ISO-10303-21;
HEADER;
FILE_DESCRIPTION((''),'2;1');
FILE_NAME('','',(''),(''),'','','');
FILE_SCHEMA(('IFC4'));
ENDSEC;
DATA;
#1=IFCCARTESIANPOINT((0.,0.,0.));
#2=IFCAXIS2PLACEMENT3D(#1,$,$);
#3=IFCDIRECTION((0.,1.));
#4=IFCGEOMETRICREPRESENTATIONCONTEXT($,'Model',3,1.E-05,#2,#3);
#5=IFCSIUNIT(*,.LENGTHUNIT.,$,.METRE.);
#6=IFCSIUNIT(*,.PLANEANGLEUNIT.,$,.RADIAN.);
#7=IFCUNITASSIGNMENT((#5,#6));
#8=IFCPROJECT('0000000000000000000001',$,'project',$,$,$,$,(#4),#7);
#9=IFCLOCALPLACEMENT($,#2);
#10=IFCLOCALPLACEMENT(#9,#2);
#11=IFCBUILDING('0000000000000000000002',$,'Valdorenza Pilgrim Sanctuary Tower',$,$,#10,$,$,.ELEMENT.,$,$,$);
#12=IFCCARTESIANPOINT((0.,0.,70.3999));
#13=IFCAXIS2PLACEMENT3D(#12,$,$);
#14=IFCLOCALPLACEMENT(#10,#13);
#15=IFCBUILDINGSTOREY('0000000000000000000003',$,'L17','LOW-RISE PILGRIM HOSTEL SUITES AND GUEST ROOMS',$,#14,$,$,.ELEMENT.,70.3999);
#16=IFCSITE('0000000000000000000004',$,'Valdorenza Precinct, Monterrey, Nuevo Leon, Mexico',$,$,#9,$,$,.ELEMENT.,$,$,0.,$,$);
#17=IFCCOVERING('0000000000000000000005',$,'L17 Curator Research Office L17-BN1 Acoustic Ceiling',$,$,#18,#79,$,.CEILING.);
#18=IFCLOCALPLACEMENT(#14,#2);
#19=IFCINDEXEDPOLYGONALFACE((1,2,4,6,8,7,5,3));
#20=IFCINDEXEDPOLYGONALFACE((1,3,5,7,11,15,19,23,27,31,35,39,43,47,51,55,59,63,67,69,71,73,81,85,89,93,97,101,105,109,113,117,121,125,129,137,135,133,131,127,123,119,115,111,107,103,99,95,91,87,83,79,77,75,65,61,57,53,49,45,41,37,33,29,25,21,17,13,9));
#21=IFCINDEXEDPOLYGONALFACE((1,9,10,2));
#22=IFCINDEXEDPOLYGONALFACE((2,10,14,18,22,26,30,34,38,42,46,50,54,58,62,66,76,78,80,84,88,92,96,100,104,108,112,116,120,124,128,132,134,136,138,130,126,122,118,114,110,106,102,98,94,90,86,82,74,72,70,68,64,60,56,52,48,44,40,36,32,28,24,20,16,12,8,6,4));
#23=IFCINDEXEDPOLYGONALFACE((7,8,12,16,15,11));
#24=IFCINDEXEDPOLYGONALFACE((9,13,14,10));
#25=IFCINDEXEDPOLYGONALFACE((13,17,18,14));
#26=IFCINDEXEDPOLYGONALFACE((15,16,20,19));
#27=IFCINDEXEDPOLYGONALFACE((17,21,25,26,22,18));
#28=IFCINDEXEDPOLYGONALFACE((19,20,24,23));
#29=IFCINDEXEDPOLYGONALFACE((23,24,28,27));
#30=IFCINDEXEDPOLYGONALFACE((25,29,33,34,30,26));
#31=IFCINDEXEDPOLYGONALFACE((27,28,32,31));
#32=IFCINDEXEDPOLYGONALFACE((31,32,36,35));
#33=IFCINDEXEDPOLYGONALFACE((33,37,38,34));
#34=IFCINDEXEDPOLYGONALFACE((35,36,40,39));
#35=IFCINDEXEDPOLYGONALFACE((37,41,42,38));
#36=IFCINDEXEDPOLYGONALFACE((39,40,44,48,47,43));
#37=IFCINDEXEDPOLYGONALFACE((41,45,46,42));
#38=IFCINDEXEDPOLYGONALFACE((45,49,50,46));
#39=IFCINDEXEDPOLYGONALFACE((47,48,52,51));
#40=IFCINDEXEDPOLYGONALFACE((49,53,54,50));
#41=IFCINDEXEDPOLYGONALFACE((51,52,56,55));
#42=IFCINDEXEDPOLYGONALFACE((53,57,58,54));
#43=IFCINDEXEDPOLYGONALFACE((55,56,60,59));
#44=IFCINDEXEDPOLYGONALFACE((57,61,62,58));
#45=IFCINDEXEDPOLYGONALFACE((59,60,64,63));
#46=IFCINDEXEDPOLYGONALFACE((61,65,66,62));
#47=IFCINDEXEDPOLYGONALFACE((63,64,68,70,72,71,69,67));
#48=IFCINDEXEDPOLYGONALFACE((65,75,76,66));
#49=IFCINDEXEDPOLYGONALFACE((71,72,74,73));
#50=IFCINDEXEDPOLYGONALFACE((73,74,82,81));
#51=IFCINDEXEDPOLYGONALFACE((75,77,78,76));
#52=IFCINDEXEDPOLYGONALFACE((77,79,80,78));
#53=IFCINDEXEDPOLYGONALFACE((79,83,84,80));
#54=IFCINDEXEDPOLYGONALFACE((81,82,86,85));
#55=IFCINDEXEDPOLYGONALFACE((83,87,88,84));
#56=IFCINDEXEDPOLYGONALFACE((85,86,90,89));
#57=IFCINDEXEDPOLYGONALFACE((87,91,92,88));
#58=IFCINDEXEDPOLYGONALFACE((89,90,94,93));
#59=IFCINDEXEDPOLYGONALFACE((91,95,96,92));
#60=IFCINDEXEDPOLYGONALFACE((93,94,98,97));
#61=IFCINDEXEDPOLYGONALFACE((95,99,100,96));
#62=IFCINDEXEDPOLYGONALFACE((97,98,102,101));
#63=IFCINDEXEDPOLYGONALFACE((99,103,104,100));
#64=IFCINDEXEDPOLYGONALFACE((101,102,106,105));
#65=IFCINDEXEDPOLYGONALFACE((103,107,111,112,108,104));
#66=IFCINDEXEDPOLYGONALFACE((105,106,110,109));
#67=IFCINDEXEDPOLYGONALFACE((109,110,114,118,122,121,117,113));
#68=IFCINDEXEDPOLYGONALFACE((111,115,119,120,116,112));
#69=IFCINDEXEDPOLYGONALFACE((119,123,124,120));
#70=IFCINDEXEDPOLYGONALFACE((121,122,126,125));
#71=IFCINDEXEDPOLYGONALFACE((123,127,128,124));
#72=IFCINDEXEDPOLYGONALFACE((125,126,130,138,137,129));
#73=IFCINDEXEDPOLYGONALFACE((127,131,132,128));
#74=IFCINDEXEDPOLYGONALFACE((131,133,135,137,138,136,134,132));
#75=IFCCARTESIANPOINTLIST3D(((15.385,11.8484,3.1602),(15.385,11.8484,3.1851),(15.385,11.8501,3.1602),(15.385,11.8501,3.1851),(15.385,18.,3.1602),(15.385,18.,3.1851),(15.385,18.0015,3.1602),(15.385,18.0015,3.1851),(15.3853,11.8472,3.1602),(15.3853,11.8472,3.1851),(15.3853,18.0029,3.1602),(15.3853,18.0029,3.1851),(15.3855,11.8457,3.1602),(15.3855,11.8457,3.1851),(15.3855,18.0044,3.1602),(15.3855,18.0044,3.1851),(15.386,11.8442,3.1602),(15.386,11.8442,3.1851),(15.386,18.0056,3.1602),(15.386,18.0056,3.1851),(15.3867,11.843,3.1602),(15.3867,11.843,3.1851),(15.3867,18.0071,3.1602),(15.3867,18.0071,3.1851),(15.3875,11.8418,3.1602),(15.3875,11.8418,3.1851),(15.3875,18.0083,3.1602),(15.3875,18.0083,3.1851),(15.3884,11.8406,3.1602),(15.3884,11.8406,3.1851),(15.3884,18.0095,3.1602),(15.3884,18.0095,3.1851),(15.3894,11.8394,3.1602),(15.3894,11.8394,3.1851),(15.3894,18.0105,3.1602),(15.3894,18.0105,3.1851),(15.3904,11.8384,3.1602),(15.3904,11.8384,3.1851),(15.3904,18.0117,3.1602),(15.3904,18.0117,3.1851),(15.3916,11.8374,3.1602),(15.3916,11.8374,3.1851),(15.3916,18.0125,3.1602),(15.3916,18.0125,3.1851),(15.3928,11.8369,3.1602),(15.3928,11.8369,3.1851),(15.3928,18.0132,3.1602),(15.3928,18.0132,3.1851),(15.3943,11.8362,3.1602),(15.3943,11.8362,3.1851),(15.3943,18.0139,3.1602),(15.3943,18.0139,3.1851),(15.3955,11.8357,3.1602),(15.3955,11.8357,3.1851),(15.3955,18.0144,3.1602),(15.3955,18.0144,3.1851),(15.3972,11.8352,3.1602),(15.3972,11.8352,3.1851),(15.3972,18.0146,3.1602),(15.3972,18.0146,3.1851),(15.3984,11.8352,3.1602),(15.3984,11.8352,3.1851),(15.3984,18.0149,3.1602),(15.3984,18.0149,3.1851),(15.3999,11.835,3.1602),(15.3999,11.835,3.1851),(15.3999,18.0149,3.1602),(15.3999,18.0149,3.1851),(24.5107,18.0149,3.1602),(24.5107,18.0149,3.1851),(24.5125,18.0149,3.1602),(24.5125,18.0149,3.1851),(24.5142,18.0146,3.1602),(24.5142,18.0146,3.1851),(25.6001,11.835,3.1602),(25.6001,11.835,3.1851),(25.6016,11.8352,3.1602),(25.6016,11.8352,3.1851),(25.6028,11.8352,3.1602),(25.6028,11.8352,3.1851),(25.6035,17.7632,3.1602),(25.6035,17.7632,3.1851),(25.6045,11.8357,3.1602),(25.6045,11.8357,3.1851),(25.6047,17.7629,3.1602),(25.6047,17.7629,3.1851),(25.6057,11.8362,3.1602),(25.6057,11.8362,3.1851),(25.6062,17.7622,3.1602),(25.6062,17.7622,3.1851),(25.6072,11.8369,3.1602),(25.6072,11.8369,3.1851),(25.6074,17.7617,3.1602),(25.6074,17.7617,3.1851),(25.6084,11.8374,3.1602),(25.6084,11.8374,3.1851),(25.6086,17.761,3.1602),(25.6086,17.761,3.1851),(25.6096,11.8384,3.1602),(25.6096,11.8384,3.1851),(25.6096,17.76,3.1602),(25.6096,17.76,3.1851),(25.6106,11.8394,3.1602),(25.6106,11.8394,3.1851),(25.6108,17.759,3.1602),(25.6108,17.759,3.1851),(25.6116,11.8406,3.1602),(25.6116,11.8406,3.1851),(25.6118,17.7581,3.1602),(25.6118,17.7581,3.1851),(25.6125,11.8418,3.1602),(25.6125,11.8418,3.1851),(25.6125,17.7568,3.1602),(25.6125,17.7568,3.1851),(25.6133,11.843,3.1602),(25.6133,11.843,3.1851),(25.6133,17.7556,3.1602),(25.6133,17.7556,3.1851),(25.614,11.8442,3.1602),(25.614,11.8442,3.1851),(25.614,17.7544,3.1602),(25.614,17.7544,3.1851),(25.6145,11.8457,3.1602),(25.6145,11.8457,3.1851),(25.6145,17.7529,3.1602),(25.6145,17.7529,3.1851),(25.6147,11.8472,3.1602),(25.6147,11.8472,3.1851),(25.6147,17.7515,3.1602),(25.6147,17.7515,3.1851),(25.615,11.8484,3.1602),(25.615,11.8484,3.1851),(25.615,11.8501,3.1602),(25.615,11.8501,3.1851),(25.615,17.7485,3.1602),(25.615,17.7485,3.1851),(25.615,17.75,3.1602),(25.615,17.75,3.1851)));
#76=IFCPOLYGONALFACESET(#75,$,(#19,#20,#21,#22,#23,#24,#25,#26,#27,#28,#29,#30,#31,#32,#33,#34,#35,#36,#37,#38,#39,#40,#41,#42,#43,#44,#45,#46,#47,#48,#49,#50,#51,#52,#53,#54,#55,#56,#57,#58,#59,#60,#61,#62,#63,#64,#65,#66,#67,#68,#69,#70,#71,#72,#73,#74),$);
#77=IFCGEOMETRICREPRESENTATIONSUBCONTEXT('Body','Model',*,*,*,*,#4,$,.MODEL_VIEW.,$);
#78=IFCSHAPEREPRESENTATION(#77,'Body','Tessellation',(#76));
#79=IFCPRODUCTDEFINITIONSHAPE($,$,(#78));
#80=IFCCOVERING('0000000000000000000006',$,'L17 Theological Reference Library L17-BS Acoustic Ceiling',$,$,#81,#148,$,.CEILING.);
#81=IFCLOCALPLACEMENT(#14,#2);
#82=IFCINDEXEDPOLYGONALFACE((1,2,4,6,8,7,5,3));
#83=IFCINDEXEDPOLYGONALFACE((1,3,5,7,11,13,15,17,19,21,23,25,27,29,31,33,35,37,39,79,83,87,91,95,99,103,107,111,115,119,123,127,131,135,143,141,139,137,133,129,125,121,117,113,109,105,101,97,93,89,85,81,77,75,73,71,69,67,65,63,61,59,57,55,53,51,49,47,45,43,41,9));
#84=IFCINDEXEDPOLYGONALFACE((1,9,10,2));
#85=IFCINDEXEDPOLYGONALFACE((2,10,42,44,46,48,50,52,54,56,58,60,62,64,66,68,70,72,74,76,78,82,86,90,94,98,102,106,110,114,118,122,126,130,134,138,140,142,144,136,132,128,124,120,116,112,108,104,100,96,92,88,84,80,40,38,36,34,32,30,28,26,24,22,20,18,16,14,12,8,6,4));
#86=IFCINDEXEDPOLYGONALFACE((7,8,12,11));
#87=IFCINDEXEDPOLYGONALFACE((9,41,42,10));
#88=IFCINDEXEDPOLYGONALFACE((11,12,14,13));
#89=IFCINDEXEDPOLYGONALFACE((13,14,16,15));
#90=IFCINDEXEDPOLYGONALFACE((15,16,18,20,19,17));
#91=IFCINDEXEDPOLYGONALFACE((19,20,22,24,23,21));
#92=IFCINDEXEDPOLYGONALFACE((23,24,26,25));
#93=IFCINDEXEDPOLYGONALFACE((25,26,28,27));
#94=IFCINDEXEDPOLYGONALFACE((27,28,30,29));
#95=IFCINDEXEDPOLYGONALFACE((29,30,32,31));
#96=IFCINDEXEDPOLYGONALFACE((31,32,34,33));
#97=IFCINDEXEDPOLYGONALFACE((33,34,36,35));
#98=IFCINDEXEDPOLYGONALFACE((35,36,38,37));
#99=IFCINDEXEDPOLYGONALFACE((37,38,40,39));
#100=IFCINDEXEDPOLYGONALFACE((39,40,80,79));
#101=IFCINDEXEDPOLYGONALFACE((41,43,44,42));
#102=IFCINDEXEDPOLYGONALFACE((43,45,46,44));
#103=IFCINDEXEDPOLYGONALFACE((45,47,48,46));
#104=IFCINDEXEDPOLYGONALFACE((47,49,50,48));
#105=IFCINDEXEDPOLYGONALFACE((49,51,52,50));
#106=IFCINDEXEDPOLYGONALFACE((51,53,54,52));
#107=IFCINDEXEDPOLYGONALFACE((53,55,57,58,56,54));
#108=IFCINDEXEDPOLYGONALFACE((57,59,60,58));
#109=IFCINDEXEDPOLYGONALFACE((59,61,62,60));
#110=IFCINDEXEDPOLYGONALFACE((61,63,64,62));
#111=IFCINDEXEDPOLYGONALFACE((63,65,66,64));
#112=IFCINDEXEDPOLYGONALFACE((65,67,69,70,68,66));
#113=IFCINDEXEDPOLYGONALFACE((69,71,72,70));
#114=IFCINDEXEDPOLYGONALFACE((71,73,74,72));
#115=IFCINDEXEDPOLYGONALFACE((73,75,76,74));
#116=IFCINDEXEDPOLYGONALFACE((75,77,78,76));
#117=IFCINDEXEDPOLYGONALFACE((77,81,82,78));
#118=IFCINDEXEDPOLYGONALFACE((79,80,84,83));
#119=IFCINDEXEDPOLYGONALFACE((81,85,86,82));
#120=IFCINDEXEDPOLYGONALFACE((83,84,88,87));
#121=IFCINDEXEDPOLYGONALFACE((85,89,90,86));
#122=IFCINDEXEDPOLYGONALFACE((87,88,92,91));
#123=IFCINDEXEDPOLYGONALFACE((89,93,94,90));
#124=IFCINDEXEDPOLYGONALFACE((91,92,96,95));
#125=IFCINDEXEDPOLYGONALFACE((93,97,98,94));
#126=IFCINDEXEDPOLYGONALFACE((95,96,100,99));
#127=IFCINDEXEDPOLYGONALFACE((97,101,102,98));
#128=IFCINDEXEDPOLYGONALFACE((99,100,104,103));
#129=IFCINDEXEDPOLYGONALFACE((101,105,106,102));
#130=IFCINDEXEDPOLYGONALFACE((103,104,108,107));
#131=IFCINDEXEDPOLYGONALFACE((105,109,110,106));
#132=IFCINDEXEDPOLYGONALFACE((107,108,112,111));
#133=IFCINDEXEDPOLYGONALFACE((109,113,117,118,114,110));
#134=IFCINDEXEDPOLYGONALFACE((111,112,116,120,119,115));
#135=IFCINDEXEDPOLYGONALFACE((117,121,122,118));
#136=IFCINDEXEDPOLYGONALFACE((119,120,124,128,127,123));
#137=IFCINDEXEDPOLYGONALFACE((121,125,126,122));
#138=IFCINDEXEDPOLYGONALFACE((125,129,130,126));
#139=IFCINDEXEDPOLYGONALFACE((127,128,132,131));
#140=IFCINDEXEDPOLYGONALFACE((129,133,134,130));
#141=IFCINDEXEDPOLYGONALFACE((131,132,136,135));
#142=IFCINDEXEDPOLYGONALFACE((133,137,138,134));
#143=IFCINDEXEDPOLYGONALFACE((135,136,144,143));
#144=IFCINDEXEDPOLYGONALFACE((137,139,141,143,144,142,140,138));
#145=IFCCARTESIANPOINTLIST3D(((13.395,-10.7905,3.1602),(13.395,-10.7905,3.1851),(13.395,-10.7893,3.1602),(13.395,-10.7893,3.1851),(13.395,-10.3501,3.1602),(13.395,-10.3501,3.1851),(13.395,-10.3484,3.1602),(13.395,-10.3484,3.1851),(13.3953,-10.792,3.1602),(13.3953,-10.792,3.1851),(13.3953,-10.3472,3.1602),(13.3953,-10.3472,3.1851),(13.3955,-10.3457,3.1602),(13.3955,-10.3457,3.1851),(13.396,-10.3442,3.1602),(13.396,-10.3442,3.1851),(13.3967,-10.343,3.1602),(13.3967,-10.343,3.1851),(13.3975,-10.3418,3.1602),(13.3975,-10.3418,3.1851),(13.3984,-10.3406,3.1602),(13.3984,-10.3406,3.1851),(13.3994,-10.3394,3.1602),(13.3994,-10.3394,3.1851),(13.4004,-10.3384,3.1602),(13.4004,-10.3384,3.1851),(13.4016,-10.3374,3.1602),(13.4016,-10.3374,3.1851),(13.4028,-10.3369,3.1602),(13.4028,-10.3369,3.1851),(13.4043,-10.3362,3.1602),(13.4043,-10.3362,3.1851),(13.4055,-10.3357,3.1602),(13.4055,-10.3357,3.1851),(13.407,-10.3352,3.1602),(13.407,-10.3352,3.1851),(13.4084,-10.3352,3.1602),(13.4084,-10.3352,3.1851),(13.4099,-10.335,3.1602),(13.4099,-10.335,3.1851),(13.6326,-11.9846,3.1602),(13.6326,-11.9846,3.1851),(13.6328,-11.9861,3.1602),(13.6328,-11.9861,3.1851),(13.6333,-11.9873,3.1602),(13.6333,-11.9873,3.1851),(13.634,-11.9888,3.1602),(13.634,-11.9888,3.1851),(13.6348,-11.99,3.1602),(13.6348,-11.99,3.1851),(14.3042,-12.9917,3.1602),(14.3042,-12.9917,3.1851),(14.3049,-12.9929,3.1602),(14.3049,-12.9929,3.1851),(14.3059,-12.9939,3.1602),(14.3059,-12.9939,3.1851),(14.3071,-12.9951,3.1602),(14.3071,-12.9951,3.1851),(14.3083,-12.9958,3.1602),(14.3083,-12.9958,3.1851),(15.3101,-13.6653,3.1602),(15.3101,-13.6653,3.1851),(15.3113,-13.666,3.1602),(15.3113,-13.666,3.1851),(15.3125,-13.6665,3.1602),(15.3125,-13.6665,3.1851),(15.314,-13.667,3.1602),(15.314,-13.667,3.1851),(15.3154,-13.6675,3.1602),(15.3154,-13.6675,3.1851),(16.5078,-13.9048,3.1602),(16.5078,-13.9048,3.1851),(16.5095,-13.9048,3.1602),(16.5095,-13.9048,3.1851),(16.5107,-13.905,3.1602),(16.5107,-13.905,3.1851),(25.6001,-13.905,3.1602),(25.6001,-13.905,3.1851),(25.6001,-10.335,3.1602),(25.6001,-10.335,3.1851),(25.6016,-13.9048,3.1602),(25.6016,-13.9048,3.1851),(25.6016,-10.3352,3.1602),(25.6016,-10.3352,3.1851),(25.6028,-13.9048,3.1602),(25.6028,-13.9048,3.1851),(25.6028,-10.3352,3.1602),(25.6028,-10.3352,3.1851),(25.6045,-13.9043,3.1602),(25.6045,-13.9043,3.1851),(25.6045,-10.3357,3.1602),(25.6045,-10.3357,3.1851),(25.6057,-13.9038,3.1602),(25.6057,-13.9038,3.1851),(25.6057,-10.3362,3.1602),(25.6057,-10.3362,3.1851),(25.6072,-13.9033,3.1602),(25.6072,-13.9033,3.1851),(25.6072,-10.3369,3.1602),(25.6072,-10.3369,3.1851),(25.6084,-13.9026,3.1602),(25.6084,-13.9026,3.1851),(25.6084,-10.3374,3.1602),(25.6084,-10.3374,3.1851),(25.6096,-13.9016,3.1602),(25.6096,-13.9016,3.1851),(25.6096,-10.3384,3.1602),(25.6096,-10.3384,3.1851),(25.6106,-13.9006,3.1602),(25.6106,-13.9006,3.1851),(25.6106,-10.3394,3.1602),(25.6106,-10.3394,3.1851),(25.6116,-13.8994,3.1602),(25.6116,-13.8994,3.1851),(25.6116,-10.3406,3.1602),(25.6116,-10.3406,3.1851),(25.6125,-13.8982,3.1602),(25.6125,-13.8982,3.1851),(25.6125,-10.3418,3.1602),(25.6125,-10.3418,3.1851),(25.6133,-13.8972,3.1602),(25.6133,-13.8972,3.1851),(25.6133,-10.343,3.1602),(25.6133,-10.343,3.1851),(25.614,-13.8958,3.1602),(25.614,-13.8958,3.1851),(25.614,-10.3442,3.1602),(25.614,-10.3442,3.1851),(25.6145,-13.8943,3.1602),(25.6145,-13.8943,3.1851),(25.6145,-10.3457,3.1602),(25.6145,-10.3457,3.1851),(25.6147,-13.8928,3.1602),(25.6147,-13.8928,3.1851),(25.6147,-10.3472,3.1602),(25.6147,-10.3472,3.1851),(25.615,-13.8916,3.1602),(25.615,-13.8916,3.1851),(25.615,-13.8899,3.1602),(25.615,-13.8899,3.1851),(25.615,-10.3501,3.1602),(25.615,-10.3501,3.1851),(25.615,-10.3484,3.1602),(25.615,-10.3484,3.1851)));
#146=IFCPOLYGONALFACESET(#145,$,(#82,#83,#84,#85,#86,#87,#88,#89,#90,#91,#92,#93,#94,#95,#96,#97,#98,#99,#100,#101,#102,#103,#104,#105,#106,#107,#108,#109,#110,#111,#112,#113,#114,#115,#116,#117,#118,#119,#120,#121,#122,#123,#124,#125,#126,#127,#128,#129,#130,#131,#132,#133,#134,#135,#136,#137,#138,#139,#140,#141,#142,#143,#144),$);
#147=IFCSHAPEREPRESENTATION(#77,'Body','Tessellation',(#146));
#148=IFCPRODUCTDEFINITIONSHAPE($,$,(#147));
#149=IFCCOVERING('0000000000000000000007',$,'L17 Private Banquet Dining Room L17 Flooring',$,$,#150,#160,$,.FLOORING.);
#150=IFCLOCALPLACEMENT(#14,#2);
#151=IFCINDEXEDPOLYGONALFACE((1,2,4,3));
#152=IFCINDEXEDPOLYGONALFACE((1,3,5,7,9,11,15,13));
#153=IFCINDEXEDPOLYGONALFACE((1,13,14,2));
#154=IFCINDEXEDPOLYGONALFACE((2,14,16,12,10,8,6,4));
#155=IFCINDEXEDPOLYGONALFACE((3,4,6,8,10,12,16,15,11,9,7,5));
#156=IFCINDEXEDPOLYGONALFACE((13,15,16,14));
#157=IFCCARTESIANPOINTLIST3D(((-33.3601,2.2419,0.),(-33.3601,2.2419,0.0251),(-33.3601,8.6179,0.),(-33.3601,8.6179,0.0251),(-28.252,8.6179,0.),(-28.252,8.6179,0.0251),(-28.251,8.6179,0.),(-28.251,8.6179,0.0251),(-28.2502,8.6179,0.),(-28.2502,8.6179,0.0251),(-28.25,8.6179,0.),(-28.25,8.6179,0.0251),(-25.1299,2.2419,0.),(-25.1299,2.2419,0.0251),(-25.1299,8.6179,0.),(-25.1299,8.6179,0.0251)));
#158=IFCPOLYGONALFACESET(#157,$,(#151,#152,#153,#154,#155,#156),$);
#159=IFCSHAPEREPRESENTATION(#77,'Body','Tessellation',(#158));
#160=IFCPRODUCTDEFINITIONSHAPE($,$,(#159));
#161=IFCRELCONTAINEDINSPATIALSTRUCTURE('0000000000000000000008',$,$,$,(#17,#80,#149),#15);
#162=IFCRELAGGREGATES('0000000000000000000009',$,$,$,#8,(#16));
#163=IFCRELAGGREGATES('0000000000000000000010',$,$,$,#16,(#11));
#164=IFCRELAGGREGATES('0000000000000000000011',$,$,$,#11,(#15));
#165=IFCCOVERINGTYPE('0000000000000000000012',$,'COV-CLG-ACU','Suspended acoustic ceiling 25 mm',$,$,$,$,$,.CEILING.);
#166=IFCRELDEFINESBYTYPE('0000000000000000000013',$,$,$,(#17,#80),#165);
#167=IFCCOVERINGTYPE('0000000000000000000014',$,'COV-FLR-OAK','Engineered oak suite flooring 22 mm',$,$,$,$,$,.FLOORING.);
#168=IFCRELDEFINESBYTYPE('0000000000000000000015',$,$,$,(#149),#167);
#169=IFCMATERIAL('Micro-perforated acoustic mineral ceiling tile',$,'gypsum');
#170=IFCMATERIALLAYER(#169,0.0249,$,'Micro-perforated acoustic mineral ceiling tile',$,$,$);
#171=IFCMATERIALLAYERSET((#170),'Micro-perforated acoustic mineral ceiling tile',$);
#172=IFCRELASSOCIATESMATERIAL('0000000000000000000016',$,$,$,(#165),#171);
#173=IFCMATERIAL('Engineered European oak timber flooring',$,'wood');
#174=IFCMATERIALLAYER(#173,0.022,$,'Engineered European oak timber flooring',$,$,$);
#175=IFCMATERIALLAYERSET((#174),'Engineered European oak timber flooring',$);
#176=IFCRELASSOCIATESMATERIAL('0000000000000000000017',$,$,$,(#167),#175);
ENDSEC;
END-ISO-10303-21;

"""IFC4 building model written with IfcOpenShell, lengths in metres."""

from ifc_helpers import new_model, si_unit, direction, frame, origin, place, context, subcontext, project, spatial, polyline, outline, extrude, material, layer, layer_set, type_object, element, save


model = new_model("IFC4")

# Units and contexts
model_context = context("Model", 3, precision=1e-05, world=origin(), true_north=direction((0.0, 1.0)))
body_context = subcontext(model_context, "Body", "Model", "MODEL_VIEW")
ifc_project = project(units=[si_unit("LENGTHUNIT", "METRE"), si_unit("PLANEANGLEUNIT", "RADIAN")], contexts=[model_context])

# Site, building, storey
site_placement = place(None, origin())
site = spatial("IfcSite", under=ifc_project, at=site_placement, Name="Valdorenza Precinct, Monterrey, Nuevo Leon, Mexico", CompositionType="ELEMENT", RefElevation=0.0)
building_placement = place(site_placement, origin())
building = spatial("IfcBuilding", under=site, at=building_placement, Name="Valdorenza Pilgrim Sanctuary Tower", CompositionType="ELEMENT")
storey_placement = place(building_placement, frame((0.0, 0.0, 70.3999)))
storey = spatial("IfcBuildingStorey", under=building, at=storey_placement, Name="L17", Description="LOW-RISE PILGRIM HOSTEL SUITES AND GUEST ROOMS", CompositionType="ELEMENT", Elevation=70.3999)

# Coverings
ifc_material_1 = material(Name="Micro-perforated acoustic mineral ceiling tile", Category="gypsum")
ifc_layer_1 = layer(ifc_material_1, 0.0249, Name="Micro-perforated acoustic mineral ceiling tile")
ifc_layer_set_1 = layer_set([ifc_layer_1], Name="Micro-perforated acoustic mineral ceiling tile")
covering_type_1 = type_object("IfcCoveringType", Name="COV-CLG-ACU", Description="Suspended acoustic ceiling 25 mm", PredefinedType="CEILING", material=ifc_layer_set_1)
covering_1_placement = place(storey_placement, frame((0.0, 0.0, 3.1602)))
element("IfcCovering", 1, at=covering_1_placement, inside=storey, type_object=covering_type_1, Name="L17 Curator Research Office L17-BN1 Acoustic Ceiling", PredefinedType="CEILING", context=body_context, shape_type="SweptSolid", body=[
    extrude(outline(polyline([(15.3999, 11.835), (15.3984, 11.8352), (15.3972, 11.8352), (15.3955, 11.8357), (15.3943, 11.8362), (15.3928, 11.8369), (15.3916, 11.8374), (15.3904, 11.8384), (15.3894, 11.8394), (15.3884, 11.8406), (15.3875, 11.8418), (15.3867, 11.843), (15.386, 11.8442), (15.3855, 11.8457), (15.3853, 11.8472), (15.385, 11.8484), (15.385, 11.8501), (15.385, 18.0), (15.385, 18.0015), (15.3853, 18.0029), (15.3855, 18.0044), (15.386, 18.0056), (15.3867, 18.0071), (15.3875, 18.0083), (15.3884, 18.0095), (15.3894, 18.0105), (15.3904, 18.0117), (15.3916, 18.0125), (15.3928, 18.0132), (15.3943, 18.0139), (15.3955, 18.0144), (15.3972, 18.0146), (15.3984, 18.0149), (15.3999, 18.0149), (24.5107, 18.0149), (24.5125, 18.0149), (24.5142, 18.0146), (25.6035, 17.7632), (25.6047, 17.7629), (25.6062, 17.7622), (25.6074, 17.7617), (25.6086, 17.761), (25.6096, 17.76), (25.6108, 17.759), (25.6118, 17.7581), (25.6125, 17.7568), (25.6133, 17.7556), (25.614, 17.7544), (25.6145, 17.7529), (25.6147, 17.7515), (25.615, 17.75), (25.615, 17.7485), (25.615, 11.8501), (25.615, 11.8484), (25.6147, 11.8472), (25.6145, 11.8457), (25.614, 11.8442), (25.6133, 11.843), (25.6125, 11.8418), (25.6116, 11.8406), (25.6106, 11.8394), (25.6096, 11.8384), (25.6084, 11.8374), (25.6072, 11.8369), (25.6057, 11.8362), (25.6045, 11.8357), (25.6028, 11.8352), (25.6016, 11.8352), (25.6001, 11.835), (15.3999, 11.835)])), origin(), (0.0, 0.0, 1.0), 0.0249),
])
covering_2_placement = place(storey_placement, frame((0.0, 0.0, 3.1602)))
element("IfcCovering", 2, at=covering_2_placement, inside=storey, type_object=covering_type_1, Name="L17 Theological Reference Library L17-BS Acoustic Ceiling", PredefinedType="CEILING", context=body_context, shape_type="SweptSolid", body=[
    extrude(outline(polyline([(25.615, -13.8899), (25.615, -13.8916), (25.6147, -13.8928), (25.6145, -13.8943), (25.614, -13.8958), (25.6133, -13.8972), (25.6125, -13.8982), (25.6116, -13.8994), (25.6106, -13.9006), (25.6096, -13.9016), (25.6084, -13.9026), (25.6072, -13.9033), (25.6057, -13.9038), (25.6045, -13.9043), (25.6028, -13.9048), (25.6016, -13.9048), (25.6001, -13.905), (16.5107, -13.905), (16.5095, -13.9048), (16.5078, -13.9048), (15.3154, -13.6675), (15.314, -13.667), (15.3125, -13.6665), (15.3113, -13.666), (15.3101, -13.6653), (14.3083, -12.9958), (14.3071, -12.9951), (14.3059, -12.9939), (14.3049, -12.9929), (14.3042, -12.9917), (13.6348, -11.99), (13.634, -11.9888), (13.6333, -11.9873), (13.6328, -11.9861), (13.6326, -11.9846), (13.3953, -10.792), (13.395, -10.7905), (13.395, -10.7893), (13.395, -10.3501), (13.395, -10.3484), (13.3953, -10.3472), (13.3955, -10.3457), (13.396, -10.3442), (13.3967, -10.343), (13.3975, -10.3418), (13.3984, -10.3406), (13.3994, -10.3394), (13.4004, -10.3384), (13.4016, -10.3374), (13.4028, -10.3369), (13.4043, -10.3362), (13.4055, -10.3357), (13.407, -10.3352), (13.4084, -10.3352), (13.4099, -10.335), (25.6001, -10.335), (25.6016, -10.3352), (25.6028, -10.3352), (25.6045, -10.3357), (25.6057, -10.3362), (25.6072, -10.3369), (25.6084, -10.3374), (25.6096, -10.3384), (25.6106, -10.3394), (25.6116, -10.3406), (25.6125, -10.3418), (25.6133, -10.343), (25.614, -10.3442), (25.6145, -10.3457), (25.6147, -10.3472), (25.615, -10.3484), (25.615, -10.3501), (25.615, -13.8899)])), origin(), (0.0, 0.0, 1.0), 0.0249),
])
ifc_material_2 = material(Name="Engineered European oak timber flooring", Category="wood")
ifc_layer_2 = layer(ifc_material_2, 0.022, Name="Engineered European oak timber flooring")
ifc_layer_set_2 = layer_set([ifc_layer_2], Name="Engineered European oak timber flooring")
covering_type_2 = type_object("IfcCoveringType", Name="COV-FLR-OAK", Description="Engineered oak suite flooring 22 mm", PredefinedType="FLOORING", material=ifc_layer_set_2)
covering_3_placement = place(storey_placement, origin())
element("IfcCovering", 3, at=covering_3_placement, inside=storey, type_object=covering_type_2, Name="L17 Private Banquet Dining Room L17 Flooring", PredefinedType="FLOORING", context=body_context, shape_type="SweptSolid", body=[
    extrude(outline(polyline([(-28.2502, 8.6179), (-28.25, 8.6179), (-25.1299, 8.6179), (-25.1299, 2.2419), (-33.3601, 2.2419), (-33.3601, 8.6179), (-28.252, 8.6179), (-28.251, 8.6179), (-28.2502, 8.6179)])), origin(), (0.0, 0.0, 1.0), 0.0251),
])

save(model, "model.ifc")
